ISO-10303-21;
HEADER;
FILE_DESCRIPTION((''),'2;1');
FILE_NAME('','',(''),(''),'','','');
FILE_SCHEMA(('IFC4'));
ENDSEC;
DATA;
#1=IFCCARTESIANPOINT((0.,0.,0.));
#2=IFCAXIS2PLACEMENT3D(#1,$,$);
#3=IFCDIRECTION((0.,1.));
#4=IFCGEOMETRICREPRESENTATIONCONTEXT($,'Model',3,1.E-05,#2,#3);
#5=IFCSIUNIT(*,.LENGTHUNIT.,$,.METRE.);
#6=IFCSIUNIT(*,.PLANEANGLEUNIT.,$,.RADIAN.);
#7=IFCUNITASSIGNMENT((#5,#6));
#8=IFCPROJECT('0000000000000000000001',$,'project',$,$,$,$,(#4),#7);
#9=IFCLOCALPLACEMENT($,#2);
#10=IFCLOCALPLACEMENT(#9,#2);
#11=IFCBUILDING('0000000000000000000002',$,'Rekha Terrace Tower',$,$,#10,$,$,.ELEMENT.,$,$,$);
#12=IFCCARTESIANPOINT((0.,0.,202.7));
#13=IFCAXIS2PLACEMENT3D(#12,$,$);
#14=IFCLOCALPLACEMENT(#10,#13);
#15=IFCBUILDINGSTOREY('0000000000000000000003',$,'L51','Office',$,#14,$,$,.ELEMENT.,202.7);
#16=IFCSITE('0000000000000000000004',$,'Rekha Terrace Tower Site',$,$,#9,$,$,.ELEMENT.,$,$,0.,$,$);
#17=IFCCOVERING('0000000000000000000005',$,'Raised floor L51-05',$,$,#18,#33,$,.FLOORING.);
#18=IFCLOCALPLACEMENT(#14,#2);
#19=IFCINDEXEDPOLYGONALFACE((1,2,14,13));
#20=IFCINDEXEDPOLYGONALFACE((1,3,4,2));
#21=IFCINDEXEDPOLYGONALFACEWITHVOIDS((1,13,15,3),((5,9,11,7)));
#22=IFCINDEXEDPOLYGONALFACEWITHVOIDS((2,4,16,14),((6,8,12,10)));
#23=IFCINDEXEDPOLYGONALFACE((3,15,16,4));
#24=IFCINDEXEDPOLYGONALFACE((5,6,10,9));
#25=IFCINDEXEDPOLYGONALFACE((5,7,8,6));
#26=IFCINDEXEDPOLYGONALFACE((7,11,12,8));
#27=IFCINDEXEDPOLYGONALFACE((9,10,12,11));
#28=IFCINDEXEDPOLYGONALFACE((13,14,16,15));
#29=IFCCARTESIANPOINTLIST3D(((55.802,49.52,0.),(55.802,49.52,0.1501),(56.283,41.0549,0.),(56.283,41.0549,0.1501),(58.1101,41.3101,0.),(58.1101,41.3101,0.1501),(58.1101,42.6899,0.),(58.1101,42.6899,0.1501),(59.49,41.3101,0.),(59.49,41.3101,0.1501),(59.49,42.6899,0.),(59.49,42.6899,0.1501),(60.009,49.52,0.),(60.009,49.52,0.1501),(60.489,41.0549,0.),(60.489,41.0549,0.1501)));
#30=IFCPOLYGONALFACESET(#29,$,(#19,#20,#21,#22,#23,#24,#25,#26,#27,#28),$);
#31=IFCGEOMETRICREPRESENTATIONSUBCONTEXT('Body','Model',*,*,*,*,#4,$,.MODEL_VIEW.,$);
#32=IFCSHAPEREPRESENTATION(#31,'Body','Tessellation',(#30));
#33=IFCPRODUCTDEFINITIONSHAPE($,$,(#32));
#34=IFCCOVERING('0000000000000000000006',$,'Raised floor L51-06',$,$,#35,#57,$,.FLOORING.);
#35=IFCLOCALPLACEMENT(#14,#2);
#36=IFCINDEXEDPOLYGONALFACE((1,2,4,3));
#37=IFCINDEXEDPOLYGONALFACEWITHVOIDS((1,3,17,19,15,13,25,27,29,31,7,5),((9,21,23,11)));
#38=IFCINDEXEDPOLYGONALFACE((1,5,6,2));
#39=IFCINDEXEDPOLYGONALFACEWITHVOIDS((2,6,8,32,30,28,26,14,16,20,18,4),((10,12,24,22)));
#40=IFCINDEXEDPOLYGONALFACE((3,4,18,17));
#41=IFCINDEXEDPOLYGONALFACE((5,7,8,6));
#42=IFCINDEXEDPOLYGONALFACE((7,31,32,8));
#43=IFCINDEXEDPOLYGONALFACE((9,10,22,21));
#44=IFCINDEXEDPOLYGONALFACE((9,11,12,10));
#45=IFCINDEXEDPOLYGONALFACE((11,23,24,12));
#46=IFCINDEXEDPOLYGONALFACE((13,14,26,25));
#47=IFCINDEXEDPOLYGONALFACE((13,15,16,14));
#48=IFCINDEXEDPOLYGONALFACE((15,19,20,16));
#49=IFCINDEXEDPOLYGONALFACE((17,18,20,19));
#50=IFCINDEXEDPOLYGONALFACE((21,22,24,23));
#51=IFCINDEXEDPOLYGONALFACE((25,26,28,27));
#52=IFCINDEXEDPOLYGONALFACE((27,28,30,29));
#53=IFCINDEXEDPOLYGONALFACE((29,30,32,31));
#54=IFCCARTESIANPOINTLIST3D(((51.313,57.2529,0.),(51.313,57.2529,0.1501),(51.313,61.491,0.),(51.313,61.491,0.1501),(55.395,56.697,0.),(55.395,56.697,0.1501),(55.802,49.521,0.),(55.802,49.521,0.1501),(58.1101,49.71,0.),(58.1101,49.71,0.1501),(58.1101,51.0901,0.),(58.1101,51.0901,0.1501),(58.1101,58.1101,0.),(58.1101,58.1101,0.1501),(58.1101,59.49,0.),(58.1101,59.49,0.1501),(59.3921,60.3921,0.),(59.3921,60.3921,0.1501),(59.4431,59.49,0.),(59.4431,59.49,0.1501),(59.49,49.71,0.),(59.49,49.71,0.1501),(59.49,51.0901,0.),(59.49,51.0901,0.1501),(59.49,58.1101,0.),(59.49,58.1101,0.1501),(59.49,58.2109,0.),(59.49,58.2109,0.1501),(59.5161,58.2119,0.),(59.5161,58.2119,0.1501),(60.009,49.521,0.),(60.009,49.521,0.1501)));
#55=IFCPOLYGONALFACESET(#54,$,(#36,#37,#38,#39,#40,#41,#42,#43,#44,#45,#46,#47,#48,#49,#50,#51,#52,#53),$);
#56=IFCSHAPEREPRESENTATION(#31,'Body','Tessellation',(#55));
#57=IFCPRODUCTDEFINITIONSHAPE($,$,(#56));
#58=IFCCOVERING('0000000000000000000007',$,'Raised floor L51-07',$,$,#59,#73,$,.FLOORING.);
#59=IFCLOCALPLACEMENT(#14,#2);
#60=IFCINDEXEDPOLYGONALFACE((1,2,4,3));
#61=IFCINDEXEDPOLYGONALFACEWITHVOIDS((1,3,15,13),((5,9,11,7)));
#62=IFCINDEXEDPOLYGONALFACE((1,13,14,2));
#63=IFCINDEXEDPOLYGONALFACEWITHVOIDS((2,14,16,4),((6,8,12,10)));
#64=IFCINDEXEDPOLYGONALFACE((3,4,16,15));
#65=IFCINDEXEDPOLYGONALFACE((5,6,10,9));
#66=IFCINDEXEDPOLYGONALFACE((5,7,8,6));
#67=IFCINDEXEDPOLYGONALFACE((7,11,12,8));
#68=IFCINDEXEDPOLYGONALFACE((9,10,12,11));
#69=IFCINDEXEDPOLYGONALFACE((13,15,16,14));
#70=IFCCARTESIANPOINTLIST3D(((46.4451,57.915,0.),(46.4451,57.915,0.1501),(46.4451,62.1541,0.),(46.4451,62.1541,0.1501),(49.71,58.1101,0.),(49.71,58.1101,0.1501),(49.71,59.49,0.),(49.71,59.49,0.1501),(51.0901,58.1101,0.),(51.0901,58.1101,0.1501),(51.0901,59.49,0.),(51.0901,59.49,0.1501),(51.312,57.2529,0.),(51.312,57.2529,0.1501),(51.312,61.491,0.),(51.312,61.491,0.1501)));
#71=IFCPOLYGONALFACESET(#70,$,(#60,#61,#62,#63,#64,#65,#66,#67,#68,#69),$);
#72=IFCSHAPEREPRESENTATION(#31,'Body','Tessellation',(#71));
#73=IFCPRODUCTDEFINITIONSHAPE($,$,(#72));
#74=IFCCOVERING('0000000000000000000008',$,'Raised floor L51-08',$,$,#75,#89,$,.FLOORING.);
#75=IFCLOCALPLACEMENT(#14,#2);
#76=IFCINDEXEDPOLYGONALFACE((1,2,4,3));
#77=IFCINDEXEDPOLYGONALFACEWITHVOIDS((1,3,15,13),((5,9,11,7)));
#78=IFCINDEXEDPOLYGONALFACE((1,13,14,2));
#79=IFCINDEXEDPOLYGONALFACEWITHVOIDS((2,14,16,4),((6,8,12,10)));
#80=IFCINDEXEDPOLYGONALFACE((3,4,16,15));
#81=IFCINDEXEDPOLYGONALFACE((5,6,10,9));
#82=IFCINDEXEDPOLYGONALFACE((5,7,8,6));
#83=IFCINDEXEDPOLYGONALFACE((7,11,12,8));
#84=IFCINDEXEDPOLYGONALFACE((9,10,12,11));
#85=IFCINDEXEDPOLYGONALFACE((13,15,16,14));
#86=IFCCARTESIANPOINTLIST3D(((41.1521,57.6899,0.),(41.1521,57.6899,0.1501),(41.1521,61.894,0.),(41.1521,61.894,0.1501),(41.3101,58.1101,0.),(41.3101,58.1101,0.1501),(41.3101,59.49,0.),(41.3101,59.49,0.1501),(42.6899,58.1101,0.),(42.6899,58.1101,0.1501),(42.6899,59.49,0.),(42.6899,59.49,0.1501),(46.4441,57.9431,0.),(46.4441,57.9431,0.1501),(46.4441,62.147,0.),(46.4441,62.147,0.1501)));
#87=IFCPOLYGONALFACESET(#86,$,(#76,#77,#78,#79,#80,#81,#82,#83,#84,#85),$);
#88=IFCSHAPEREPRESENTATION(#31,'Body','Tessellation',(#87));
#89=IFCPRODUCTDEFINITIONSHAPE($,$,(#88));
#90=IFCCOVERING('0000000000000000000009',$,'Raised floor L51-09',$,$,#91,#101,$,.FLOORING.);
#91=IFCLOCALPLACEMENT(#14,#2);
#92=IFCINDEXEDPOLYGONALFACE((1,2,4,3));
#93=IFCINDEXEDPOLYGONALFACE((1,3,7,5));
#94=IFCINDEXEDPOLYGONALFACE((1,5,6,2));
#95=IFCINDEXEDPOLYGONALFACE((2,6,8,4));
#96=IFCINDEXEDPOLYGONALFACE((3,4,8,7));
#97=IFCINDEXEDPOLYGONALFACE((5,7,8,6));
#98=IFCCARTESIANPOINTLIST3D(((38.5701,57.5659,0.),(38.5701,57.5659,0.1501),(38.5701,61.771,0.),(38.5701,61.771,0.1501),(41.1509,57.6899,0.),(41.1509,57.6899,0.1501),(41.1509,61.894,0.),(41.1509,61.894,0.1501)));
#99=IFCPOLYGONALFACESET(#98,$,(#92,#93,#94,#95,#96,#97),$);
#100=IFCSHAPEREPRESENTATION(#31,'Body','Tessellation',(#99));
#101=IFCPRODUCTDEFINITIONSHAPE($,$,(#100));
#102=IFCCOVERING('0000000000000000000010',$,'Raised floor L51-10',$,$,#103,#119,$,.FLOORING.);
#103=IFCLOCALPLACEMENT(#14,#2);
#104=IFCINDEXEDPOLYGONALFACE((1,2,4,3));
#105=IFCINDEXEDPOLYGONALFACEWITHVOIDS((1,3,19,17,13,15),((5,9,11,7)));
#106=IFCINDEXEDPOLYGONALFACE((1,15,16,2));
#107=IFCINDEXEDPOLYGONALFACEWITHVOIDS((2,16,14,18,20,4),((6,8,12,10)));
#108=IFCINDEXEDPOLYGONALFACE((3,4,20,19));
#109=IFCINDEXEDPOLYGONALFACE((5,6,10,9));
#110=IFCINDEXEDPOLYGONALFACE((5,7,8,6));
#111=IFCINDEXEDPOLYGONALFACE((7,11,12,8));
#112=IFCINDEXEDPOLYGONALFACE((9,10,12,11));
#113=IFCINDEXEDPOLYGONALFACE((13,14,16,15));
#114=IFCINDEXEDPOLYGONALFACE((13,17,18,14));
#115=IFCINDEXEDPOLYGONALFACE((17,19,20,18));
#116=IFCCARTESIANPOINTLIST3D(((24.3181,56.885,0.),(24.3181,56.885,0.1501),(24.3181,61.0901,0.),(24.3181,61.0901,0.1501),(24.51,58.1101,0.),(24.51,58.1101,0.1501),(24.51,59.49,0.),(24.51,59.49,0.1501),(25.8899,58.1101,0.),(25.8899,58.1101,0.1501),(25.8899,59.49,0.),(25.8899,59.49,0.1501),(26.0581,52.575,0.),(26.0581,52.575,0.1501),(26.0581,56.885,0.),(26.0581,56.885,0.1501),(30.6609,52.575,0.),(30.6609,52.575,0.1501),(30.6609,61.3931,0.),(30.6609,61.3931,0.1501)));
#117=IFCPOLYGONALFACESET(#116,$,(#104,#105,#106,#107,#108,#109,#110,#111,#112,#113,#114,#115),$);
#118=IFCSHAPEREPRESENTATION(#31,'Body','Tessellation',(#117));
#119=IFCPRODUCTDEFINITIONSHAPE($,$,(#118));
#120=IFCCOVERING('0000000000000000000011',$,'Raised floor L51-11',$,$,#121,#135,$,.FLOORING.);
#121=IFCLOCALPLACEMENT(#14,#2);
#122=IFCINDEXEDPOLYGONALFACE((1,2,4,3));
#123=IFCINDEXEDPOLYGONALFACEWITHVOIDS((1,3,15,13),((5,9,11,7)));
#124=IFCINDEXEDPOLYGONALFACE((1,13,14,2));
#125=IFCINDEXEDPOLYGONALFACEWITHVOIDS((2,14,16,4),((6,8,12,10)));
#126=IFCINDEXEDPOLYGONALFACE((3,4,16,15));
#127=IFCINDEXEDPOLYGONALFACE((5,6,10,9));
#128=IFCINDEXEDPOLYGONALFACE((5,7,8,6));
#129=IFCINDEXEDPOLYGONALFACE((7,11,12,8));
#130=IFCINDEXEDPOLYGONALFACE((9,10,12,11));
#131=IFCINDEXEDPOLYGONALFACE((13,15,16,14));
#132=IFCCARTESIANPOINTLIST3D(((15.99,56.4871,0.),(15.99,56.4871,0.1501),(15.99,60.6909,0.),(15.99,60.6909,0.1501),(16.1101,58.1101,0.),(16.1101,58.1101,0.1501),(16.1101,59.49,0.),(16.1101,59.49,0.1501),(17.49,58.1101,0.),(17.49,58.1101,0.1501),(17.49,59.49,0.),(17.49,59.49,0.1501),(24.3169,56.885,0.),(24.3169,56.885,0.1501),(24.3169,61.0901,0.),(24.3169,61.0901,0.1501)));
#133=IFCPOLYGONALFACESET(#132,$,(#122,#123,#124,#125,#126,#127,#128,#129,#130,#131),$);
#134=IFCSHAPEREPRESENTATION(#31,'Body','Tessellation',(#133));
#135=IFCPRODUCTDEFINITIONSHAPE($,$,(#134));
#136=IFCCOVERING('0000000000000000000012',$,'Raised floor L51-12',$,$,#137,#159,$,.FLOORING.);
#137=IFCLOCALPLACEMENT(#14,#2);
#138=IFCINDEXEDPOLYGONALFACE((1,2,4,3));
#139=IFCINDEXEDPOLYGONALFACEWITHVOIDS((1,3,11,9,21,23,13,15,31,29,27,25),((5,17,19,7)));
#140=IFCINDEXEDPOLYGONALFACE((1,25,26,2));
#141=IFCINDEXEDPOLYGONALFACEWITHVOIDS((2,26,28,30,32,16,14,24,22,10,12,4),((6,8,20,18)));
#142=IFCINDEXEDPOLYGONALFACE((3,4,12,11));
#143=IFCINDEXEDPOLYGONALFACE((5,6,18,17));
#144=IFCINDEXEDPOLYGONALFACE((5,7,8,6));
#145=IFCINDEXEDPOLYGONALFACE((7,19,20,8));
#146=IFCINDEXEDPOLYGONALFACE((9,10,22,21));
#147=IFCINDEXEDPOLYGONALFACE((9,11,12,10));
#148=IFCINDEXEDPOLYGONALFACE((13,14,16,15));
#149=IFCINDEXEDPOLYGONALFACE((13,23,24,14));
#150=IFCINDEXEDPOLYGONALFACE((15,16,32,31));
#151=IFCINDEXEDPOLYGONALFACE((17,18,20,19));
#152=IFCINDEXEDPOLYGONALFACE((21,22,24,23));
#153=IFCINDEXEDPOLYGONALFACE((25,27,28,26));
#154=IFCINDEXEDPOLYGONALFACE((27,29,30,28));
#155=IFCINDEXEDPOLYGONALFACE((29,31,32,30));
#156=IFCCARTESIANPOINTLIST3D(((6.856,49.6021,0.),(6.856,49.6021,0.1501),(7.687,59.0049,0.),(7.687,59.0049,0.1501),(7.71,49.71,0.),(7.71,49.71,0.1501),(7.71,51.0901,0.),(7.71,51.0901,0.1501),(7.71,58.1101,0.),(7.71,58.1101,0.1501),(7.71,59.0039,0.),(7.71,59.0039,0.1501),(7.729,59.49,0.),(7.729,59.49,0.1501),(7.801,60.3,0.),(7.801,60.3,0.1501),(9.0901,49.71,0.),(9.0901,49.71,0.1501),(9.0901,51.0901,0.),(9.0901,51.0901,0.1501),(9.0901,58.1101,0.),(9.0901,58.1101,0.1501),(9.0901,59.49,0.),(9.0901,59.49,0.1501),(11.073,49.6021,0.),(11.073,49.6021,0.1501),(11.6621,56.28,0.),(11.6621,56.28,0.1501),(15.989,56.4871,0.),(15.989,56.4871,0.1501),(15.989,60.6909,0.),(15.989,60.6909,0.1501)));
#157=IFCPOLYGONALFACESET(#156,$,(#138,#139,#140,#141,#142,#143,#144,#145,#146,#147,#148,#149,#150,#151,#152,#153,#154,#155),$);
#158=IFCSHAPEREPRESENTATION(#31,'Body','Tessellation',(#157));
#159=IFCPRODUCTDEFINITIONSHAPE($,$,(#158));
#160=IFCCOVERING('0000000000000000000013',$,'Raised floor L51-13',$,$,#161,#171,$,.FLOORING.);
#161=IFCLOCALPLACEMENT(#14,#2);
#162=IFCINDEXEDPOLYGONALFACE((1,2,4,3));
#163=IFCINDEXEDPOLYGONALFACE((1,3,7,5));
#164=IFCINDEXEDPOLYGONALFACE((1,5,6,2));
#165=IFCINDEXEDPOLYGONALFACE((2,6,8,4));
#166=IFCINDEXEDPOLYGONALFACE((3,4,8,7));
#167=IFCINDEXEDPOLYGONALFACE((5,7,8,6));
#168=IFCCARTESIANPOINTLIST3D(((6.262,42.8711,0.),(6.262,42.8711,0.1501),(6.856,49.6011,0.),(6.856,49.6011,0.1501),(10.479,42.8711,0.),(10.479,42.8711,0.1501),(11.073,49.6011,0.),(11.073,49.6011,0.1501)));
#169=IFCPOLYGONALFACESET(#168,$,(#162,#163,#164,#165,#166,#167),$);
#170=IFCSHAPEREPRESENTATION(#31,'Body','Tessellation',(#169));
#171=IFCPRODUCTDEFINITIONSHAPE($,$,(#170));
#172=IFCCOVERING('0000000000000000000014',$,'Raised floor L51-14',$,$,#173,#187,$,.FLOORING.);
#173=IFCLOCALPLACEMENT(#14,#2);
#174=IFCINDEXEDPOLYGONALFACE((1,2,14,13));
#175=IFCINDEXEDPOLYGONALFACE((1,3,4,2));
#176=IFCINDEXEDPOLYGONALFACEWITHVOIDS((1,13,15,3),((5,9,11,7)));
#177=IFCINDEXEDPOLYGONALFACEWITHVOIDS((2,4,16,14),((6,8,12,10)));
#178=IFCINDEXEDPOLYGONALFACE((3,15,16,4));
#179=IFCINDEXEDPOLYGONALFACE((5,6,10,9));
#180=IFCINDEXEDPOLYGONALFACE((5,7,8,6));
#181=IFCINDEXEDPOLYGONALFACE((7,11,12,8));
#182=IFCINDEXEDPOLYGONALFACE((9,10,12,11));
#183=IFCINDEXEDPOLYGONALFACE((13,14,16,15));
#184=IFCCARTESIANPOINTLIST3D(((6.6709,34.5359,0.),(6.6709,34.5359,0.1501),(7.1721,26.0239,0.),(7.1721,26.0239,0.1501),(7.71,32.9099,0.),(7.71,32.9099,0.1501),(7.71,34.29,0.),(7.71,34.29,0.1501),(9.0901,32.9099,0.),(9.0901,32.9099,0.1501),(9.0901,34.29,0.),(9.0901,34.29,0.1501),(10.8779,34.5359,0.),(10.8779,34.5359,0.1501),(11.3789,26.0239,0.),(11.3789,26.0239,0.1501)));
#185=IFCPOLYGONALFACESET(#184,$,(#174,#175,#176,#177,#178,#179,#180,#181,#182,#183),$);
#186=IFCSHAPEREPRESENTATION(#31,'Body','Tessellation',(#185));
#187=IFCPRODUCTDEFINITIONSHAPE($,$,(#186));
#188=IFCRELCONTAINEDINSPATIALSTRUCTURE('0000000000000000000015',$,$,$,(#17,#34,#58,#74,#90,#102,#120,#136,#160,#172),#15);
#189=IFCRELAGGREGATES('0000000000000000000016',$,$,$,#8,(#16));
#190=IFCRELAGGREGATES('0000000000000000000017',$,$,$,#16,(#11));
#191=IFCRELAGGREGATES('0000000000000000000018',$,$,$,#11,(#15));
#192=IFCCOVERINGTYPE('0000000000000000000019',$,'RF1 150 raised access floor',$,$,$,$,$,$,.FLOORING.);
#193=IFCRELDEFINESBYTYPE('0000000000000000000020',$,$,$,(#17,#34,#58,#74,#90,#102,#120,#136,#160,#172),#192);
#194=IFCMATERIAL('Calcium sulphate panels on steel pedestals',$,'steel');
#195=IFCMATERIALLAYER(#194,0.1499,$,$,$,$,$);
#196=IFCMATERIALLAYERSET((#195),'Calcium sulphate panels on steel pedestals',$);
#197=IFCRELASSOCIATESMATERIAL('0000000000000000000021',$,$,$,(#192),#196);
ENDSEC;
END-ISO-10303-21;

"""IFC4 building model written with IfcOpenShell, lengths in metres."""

from ifc_helpers import new_model, si_unit, direction, frame, origin, place, context, subcontext, project, spatial, polyline, outline, extrude, material, layer, layer_set, type_object, element, save


model = new_model("IFC4")

# Units and contexts
model_context = context("Model", 3, precision=1e-05, world=origin(), true_north=direction((0.0, 1.0)))
body_context = subcontext(model_context, "Body", "Model", "MODEL_VIEW")
ifc_project = project(units=[si_unit("LENGTHUNIT", "METRE"), si_unit("PLANEANGLEUNIT", "RADIAN")], contexts=[model_context])

# Site, building, storey
site_placement = place(None, origin())
site = spatial("IfcSite", under=ifc_project, at=site_placement, Name="Rekha Terrace Tower Site", CompositionType="ELEMENT", RefElevation=0.0)
building_placement = place(site_placement, origin())
building = spatial("IfcBuilding", under=site, at=building_placement, Name="Rekha Terrace Tower", CompositionType="ELEMENT")
storey_placement = place(building_placement, frame((0.0, 0.0, 202.7)))
storey = spatial("IfcBuildingStorey", under=building, at=storey_placement, Name="L51", Description="Office", CompositionType="ELEMENT", Elevation=202.7)

# Coverings
ifc_material_1 = material(Name="Calcium sulphate panels on steel pedestals", Category="steel")
ifc_layer_1 = layer(ifc_material_1, 0.1499)
ifc_layer_set_1 = layer_set([ifc_layer_1], Name="Calcium sulphate panels on steel pedestals")
covering_type_1 = type_object("IfcCoveringType", Name="RF1 150 raised access floor", PredefinedType="FLOORING", material=ifc_layer_set_1)
covering_1_placement = place(storey_placement, origin())
element("IfcCovering", 1, at=covering_1_placement, inside=storey, type_object=covering_type_1, Name="Raised floor L51-05", PredefinedType="FLOORING", context=body_context, shape_type="SweptSolid", body=[
    extrude(outline(polyline([(56.283, 41.0549), (60.489, 41.0549), (60.009, 49.52), (55.802, 49.52), (56.283, 41.0549)]), holes=[polyline([(59.49, 41.3101), (58.1101, 41.3101), (58.1101, 42.6899), (59.49, 42.6899), (59.49, 41.3101)])]), origin(), (0.0, 0.0, 1.0), 0.1501),
])
covering_2_placement = place(storey_placement, origin())
element("IfcCovering", 2, at=covering_2_placement, inside=storey, type_object=covering_type_1, Name="Raised floor L51-06", PredefinedType="FLOORING", context=body_context, shape_type="SweptSolid", body=[
    extrude(outline(polyline([(59.3921, 60.3921), (51.313, 61.491), (51.313, 57.2529), (55.395, 56.697), (55.802, 49.521), (60.009, 49.521), (59.5161, 58.2119), (59.49, 58.2109), (59.49, 58.1101), (58.1101, 58.1101), (58.1101, 59.49), (59.4431, 59.49), (59.3921, 60.3921)]), holes=[polyline([(59.49, 51.0901), (59.49, 49.71), (58.1101, 49.71), (58.1101, 51.0901), (59.49, 51.0901)])]), origin(), (0.0, 0.0, 1.0), 0.1501),
])
covering_3_placement = place(storey_placement, origin())
element("IfcCovering", 3, at=covering_3_placement, inside=storey, type_object=covering_type_1, Name="Raised floor L51-07", PredefinedType="FLOORING", context=body_context, shape_type="SweptSolid", body=[
    extrude(outline(polyline([(51.312, 57.2529), (51.312, 61.491), (46.4451, 62.1541), (46.4451, 57.915), (51.312, 57.2529)]), holes=[polyline([(51.0901, 58.1101), (49.71, 58.1101), (49.71, 59.49), (51.0901, 59.49), (51.0901, 58.1101)])]), origin(), (0.0, 0.0, 1.0), 0.1501),
])
covering_4_placement = place(storey_placement, origin())
element("IfcCovering", 4, at=covering_4_placement, inside=storey, type_object=covering_type_1, Name="Raised floor L51-08", PredefinedType="FLOORING", context=body_context, shape_type="SweptSolid", body=[
    extrude(outline(polyline([(46.4441, 62.147), (41.1521, 61.894), (41.1521, 57.6899), (46.4441, 57.9431), (46.4441, 62.147)]), holes=[polyline([(42.6899, 59.49), (42.6899, 58.1101), (41.3101, 58.1101), (41.3101, 59.49), (42.6899, 59.49)])]), origin(), (0.0, 0.0, 1.0), 0.1501),
])
covering_5_placement = place(storey_placement, origin())
element("IfcCovering", 5, at=covering_5_placement, inside=storey, type_object=covering_type_1, Name="Raised floor L51-09", PredefinedType="FLOORING", context=body_context, shape_type="SweptSolid", body=[
    extrude(outline(polyline([(41.1509, 57.6899), (41.1509, 61.894), (38.5701, 61.771), (38.5701, 57.5659), (41.1509, 57.6899)])), origin(), (0.0, 0.0, 1.0), 0.1501),
])
covering_6_placement = place(storey_placement, origin())
element("IfcCovering", 6, at=covering_6_placement, inside=storey, type_object=covering_type_1, Name="Raised floor L51-10", PredefinedType="FLOORING", context=body_context, shape_type="SweptSolid", body=[
    extrude(outline(polyline([(24.3181, 61.0901), (24.3181, 56.885), (26.0581, 56.885), (26.0581, 52.575), (30.6609, 52.575), (30.6609, 61.3931), (24.3181, 61.0901)]), holes=[polyline([(25.8899, 58.1101), (24.51, 58.1101), (24.51, 59.49), (25.8899, 59.49), (25.8899, 58.1101)])]), origin(), (0.0, 0.0, 1.0), 0.1501),
])
covering_7_placement = place(storey_placement, origin())
element("IfcCovering", 7, at=covering_7_placement, inside=storey, type_object=covering_type_1, Name="Raised floor L51-11", PredefinedType="FLOORING", context=body_context, shape_type="SweptSolid", body=[
    extrude(outline(polyline([(24.3169, 56.885), (24.3169, 61.0901), (15.99, 60.6909), (15.99, 56.4871), (24.3169, 56.885)]), holes=[polyline([(17.49, 59.49), (17.49, 58.1101), (16.1101, 58.1101), (16.1101, 59.49), (17.49, 59.49)])]), origin(), (0.0, 0.0, 1.0), 0.1501),
])
covering_8_placement = place(storey_placement, origin())
element("IfcCovering", 8, at=covering_8_placement, inside=storey, type_object=covering_type_1, Name="Raised floor L51-12", PredefinedType="FLOORING", context=body_context, shape_type="SweptSolid", body=[
    extrude(outline(polyline([(7.687, 59.0049), (6.856, 49.6021), (11.073, 49.6021), (11.6621, 56.28), (15.989, 56.4871), (15.989, 60.6909), (7.801, 60.3), (7.729, 59.49), (9.0901, 59.49), (9.0901, 58.1101), (7.71, 58.1101), (7.71, 59.0039), (7.687, 59.0049)]), holes=[polyline([(9.0901, 49.71), (7.71, 49.71), (7.71, 51.0901), (9.0901, 51.0901), (9.0901, 49.71)])]), origin(), (0.0, 0.0, 1.0), 0.1501),
])
covering_9_placement = place(storey_placement, origin())
element("IfcCovering", 9, at=covering_9_placement, inside=storey, type_object=covering_type_1, Name="Raised floor L51-13", PredefinedType="FLOORING", context=body_context, shape_type="SweptSolid", body=[
    extrude(outline(polyline([(11.073, 49.6011), (6.856, 49.6011), (6.262, 42.8711), (10.479, 42.8711), (11.073, 49.6011)])), origin(), (0.0, 0.0, 1.0), 0.1501),
])
covering_10_placement = place(storey_placement, origin())
element("IfcCovering", 10, at=covering_10_placement, inside=storey, type_object=covering_type_1, Name="Raised floor L51-14", PredefinedType="FLOORING", context=body_context, shape_type="SweptSolid", body=[
    extrude(outline(polyline([(10.8779, 34.5359), (6.6709, 34.5359), (7.1721, 26.0239), (11.3789, 26.0239), (10.8779, 34.5359)]), holes=[polyline([(9.0901, 34.29), (9.0901, 32.9099), (7.71, 32.9099), (7.71, 34.29), (9.0901, 34.29)])]), origin(), (0.0, 0.0, 1.0), 0.1501),
])

save(model, "model.ifc")
